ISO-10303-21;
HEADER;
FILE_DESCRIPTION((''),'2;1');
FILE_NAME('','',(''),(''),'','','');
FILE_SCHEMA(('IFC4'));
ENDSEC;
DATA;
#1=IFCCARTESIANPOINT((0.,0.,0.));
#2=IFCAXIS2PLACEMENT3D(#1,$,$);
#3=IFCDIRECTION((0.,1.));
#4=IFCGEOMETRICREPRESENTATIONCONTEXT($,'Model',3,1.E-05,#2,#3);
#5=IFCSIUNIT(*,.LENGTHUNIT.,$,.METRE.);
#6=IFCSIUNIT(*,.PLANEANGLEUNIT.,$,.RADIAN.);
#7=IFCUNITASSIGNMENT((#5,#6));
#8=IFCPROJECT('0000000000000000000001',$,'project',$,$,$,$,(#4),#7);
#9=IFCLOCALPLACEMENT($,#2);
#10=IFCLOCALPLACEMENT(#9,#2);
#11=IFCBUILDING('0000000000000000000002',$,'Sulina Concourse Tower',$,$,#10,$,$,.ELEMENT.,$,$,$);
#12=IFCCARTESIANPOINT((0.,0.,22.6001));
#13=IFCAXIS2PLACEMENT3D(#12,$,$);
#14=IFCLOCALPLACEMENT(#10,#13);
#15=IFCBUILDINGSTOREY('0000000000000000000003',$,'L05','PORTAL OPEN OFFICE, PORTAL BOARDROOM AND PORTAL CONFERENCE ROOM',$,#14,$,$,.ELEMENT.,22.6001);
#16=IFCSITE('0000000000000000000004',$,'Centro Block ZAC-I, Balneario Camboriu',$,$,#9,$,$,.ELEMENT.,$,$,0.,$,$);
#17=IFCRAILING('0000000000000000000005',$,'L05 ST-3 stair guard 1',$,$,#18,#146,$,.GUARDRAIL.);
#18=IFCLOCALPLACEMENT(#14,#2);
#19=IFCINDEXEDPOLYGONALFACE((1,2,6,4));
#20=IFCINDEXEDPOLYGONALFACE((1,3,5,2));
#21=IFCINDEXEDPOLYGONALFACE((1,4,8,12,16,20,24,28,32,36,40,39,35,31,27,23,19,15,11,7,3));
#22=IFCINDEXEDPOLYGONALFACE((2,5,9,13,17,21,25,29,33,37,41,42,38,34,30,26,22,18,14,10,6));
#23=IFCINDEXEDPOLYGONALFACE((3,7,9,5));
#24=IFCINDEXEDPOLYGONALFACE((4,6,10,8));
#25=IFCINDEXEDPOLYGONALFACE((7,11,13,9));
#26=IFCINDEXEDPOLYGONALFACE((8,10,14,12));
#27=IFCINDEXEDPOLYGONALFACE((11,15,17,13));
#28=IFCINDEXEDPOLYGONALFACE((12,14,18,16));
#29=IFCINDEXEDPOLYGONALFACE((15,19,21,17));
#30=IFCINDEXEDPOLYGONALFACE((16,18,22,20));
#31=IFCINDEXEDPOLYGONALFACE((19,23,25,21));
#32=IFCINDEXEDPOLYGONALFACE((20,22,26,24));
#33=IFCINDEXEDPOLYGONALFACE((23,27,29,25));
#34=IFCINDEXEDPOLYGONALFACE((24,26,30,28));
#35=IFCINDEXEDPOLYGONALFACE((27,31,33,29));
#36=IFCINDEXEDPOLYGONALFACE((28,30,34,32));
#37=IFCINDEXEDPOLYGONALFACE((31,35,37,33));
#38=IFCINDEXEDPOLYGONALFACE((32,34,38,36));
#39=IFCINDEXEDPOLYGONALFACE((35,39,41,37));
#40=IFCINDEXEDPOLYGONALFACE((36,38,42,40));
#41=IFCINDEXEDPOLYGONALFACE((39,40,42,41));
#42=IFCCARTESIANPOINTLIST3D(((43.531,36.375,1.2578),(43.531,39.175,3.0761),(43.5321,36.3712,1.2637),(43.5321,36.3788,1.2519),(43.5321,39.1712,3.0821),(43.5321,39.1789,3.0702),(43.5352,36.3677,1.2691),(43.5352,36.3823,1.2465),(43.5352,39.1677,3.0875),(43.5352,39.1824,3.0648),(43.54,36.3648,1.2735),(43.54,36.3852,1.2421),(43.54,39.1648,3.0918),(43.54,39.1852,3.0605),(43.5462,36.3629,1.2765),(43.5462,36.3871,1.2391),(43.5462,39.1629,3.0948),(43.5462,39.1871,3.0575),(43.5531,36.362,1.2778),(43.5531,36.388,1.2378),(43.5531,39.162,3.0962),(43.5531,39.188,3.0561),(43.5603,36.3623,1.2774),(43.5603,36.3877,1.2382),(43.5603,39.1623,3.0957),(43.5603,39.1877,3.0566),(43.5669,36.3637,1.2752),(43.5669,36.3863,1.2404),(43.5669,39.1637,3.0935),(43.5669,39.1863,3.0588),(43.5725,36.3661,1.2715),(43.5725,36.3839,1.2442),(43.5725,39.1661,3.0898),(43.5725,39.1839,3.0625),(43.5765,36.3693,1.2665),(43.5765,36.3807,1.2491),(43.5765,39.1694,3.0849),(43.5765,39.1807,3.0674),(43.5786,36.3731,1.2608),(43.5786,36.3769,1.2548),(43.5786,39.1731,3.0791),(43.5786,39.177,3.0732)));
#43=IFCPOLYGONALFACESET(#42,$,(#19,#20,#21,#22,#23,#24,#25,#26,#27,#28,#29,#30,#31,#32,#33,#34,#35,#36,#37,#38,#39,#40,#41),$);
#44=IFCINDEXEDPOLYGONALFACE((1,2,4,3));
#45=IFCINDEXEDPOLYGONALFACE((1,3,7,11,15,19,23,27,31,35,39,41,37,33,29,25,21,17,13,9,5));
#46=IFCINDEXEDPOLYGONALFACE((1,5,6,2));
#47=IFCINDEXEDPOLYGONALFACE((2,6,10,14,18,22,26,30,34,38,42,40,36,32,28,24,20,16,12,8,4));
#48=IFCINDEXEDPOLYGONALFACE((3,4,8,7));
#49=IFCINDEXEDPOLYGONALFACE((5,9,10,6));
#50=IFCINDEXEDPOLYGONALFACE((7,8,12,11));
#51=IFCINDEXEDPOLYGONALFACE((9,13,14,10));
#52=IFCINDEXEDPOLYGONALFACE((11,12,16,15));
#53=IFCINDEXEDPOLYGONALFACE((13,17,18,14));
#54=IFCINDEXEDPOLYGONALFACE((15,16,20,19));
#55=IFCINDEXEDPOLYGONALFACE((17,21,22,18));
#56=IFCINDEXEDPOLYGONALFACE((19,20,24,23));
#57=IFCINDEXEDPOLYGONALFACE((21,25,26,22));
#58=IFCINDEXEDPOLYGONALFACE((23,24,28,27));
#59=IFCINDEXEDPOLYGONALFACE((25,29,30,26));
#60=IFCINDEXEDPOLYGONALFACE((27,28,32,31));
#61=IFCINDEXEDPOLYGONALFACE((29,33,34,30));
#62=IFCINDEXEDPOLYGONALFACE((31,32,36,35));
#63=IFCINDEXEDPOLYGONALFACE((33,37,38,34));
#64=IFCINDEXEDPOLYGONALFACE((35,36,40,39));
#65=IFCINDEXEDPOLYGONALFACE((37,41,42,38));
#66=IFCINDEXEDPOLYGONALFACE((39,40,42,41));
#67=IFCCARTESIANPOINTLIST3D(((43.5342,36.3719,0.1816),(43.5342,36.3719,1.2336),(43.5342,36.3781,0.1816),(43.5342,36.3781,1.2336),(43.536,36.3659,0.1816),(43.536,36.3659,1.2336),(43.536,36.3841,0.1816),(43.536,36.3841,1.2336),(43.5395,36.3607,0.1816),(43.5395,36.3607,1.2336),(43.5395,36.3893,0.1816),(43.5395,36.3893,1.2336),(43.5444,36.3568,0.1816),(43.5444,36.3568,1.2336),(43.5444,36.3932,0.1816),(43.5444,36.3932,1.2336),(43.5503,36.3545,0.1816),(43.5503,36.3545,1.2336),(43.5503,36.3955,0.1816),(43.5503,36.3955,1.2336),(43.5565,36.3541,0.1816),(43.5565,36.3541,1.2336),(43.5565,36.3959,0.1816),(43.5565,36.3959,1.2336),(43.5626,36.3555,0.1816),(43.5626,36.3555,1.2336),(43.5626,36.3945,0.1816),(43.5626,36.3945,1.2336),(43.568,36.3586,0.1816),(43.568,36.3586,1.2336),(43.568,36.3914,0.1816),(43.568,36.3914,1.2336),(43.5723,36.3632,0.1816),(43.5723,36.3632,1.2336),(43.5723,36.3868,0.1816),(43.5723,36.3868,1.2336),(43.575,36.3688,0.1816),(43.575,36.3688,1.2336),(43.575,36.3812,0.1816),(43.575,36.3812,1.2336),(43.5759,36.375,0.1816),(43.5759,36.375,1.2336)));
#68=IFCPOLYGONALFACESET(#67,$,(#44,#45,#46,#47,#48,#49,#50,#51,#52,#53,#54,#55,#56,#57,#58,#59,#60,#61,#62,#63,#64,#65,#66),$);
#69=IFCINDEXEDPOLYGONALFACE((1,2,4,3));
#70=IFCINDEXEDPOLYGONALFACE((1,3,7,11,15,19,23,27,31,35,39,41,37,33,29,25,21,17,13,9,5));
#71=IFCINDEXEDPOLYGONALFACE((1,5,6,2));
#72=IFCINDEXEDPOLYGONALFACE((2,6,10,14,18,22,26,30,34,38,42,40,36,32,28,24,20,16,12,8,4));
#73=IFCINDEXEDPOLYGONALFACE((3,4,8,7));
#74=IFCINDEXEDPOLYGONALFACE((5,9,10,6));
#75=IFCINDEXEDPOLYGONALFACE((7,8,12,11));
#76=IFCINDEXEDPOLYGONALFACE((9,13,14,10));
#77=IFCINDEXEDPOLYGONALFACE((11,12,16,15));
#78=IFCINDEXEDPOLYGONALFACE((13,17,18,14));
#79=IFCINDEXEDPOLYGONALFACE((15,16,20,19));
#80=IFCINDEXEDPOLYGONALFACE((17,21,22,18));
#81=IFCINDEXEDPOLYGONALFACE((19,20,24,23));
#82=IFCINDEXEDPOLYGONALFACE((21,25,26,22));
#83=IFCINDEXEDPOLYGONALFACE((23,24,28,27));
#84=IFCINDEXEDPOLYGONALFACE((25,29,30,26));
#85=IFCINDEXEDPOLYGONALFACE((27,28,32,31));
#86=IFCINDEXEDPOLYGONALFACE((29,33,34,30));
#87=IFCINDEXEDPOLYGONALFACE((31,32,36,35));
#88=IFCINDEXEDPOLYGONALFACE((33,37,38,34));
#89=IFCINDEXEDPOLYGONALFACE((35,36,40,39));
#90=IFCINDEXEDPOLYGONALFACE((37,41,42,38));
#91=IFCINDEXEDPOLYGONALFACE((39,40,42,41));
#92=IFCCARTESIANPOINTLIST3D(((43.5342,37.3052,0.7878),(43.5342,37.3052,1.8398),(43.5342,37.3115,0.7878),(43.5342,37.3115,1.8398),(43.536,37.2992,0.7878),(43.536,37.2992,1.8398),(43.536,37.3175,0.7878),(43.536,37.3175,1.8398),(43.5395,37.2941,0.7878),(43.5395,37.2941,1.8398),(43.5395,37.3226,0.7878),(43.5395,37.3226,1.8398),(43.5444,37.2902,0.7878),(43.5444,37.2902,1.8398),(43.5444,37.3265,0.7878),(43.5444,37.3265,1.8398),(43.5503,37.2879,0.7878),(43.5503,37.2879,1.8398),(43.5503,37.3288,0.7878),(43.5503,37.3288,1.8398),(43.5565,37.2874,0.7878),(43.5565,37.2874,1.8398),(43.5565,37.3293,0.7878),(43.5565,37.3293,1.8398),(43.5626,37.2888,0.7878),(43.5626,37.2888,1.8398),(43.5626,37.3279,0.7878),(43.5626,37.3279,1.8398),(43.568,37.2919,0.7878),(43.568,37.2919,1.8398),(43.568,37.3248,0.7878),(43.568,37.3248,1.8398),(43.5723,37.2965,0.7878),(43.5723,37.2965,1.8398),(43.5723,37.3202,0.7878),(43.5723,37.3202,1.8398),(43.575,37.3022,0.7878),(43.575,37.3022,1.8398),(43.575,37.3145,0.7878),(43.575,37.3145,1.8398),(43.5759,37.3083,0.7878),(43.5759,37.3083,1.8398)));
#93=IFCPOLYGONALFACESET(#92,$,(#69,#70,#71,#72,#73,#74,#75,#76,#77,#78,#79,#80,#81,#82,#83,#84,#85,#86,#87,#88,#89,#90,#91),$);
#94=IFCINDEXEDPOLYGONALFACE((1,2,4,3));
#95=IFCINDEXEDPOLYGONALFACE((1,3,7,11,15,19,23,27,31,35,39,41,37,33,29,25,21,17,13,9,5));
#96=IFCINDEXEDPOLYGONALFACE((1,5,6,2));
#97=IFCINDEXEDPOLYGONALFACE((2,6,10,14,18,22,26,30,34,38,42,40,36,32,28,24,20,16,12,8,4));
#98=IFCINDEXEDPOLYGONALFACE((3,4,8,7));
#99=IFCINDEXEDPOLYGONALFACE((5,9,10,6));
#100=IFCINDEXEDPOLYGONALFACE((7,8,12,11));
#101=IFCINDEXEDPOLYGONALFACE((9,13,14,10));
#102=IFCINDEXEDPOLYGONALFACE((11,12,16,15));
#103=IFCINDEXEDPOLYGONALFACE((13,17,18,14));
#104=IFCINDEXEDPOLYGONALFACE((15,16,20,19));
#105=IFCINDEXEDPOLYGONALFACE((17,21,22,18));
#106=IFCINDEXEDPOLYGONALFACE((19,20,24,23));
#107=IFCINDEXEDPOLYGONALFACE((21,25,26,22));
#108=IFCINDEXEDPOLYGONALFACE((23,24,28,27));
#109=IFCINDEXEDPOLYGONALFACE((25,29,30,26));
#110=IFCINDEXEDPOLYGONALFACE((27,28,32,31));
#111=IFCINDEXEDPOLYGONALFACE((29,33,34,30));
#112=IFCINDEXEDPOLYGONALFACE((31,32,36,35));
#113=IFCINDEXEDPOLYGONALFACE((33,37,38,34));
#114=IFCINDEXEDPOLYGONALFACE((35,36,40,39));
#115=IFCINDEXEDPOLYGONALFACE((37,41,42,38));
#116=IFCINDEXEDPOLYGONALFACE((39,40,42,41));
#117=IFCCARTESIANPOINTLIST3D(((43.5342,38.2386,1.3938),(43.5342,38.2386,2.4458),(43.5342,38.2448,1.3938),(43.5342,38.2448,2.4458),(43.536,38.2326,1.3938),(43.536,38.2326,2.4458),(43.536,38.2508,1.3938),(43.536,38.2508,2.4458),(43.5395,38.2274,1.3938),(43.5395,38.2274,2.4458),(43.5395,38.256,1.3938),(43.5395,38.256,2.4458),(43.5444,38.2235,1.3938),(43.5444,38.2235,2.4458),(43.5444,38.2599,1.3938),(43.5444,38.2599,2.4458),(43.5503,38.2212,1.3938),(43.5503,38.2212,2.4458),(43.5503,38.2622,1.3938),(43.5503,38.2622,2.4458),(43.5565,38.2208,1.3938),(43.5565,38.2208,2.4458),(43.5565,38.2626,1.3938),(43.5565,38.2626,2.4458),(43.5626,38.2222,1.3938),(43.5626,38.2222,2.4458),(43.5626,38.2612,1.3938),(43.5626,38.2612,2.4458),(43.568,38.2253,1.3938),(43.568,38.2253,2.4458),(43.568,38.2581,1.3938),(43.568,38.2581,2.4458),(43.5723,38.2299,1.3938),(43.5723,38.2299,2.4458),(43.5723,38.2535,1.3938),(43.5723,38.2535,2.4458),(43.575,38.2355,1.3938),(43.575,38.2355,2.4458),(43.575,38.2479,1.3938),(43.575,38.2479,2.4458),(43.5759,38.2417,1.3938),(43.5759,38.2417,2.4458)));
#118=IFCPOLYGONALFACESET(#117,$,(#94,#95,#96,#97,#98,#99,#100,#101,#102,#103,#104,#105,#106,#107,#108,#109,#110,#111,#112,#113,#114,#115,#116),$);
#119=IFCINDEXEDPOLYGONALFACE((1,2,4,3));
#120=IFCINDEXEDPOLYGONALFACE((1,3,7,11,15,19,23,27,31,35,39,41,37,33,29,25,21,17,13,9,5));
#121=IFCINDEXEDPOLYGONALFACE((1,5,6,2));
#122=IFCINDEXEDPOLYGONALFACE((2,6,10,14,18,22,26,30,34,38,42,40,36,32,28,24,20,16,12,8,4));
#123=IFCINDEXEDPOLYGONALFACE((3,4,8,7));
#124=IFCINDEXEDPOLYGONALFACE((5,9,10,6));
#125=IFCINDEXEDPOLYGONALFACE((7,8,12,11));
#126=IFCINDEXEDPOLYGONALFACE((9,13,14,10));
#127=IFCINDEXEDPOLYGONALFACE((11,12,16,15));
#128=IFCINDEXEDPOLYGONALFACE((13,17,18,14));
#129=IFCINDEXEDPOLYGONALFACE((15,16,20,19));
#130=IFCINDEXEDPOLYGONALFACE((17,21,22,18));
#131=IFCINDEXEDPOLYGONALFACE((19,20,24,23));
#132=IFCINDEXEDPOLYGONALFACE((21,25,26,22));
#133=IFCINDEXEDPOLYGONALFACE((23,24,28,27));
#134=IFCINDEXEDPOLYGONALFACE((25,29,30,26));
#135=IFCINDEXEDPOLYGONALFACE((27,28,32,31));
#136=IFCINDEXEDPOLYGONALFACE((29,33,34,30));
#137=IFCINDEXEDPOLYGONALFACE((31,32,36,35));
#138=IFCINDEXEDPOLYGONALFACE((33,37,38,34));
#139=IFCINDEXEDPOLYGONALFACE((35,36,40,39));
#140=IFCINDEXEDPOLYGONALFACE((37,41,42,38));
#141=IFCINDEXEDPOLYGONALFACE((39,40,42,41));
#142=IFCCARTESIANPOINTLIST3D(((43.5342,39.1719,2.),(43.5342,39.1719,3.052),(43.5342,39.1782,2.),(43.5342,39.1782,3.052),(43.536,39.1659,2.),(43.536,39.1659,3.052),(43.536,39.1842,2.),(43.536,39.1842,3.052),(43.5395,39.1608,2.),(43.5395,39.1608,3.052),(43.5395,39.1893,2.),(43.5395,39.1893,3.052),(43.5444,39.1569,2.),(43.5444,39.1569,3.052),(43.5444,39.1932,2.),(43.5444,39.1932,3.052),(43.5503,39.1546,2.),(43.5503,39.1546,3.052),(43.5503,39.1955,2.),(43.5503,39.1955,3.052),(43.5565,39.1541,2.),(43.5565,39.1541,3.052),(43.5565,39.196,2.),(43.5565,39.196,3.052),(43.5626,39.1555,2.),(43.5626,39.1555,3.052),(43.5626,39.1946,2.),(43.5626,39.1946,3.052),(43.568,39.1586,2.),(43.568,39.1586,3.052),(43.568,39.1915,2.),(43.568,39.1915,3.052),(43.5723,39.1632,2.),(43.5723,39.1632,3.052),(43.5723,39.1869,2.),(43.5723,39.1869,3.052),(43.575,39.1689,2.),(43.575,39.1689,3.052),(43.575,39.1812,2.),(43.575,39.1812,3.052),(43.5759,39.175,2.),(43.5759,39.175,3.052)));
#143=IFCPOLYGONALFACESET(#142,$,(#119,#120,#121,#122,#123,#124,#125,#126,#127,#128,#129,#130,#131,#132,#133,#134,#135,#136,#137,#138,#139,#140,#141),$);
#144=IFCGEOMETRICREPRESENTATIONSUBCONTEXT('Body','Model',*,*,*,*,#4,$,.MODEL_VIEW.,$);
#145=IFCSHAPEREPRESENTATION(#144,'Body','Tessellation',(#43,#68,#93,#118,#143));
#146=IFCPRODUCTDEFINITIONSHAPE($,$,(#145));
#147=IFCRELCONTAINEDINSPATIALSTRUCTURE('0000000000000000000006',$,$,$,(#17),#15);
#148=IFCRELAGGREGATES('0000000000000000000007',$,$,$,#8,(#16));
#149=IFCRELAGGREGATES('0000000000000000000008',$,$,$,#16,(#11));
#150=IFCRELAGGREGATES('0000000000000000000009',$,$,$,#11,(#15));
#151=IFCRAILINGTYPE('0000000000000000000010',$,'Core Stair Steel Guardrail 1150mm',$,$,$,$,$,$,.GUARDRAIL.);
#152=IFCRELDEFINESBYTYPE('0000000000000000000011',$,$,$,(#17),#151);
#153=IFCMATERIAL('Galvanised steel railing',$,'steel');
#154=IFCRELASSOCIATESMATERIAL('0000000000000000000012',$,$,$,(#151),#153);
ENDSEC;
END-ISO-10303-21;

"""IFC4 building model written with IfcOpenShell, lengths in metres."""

from ifc_helpers import new_model, si_unit, direction, frame, origin, origin_2d, place, context, subcontext, project, spatial, circle, extrude, material, type_object, element, save


model = new_model("IFC4")

# Units and contexts
model_context = context("Model", 3, precision=1e-05, world=origin(), true_north=direction((0.0, 1.0)))
body_context = subcontext(model_context, "Body", "Model", "MODEL_VIEW")
ifc_project = project(units=[si_unit("LENGTHUNIT", "METRE"), si_unit("PLANEANGLEUNIT", "RADIAN")], contexts=[model_context])

# Site, building, storey
site_placement = place(None, origin())
site = spatial("IfcSite", under=ifc_project, at=site_placement, Name="Centro Block ZAC-I, Balneario Camboriu", CompositionType="ELEMENT", RefElevation=0.0)
building_placement = place(site_placement, origin())
building = spatial("IfcBuilding", under=site, at=building_placement, Name="Sulina Concourse Tower", CompositionType="ELEMENT")
storey_placement = place(building_placement, frame((0.0, 0.0, 22.6001)))
storey = spatial("IfcBuildingStorey", under=building, at=storey_placement, Name="L05", Description="PORTAL OPEN OFFICE, PORTAL BOARDROOM AND PORTAL CONFERENCE ROOM", CompositionType="ELEMENT", Elevation=22.6001)

# Railing
ifc_material_1 = material(Name="Galvanised steel railing", Category="steel")
railing_type_1 = type_object("IfcRailingType", Name="Core Stair Steel Guardrail 1150mm", PredefinedType="GUARDRAIL", material=ifc_material_1)
railing_1_placement = place(storey_placement, frame((43.5549, 36.375, 0.1816)))
element("IfcRailing", 1, at=railing_1_placement, inside=storey, type_object=railing_type_1, Name="L05 ST-3 stair guard 1", PredefinedType="GUARDRAIL", context=body_context, shape_type="SweptSolid", body=[
    extrude(circle(Radius=0.0239, at=origin_2d()), frame((0.0, 0.0, 1.0762), z_axis=(0.0, 0.838672, 0.544636), x_axis=(-1.0, 0.0, 0.0)), (0.0, 0.0, 1.0), 3.3386),
    extrude(circle(Radius=0.021, at=origin_2d()), origin(), (0.0, 0.0, 1.0), 1.052),
    extrude(circle(Radius=0.021, at=origin_2d()), frame((0.0, 0.9333, 0.6062)), (0.0, 0.0, 1.0), 1.052),
    extrude(circle(Radius=0.021, at=origin_2d()), frame((0.0, 1.8667, 1.2122)), (0.0, 0.0, 1.0), 1.052),
    extrude(circle(Radius=0.021, at=origin_2d()), frame((0.0, 2.8, 1.8184)), (0.0, 0.0, 1.0), 1.052),
])

save(model, "model.ifc")
